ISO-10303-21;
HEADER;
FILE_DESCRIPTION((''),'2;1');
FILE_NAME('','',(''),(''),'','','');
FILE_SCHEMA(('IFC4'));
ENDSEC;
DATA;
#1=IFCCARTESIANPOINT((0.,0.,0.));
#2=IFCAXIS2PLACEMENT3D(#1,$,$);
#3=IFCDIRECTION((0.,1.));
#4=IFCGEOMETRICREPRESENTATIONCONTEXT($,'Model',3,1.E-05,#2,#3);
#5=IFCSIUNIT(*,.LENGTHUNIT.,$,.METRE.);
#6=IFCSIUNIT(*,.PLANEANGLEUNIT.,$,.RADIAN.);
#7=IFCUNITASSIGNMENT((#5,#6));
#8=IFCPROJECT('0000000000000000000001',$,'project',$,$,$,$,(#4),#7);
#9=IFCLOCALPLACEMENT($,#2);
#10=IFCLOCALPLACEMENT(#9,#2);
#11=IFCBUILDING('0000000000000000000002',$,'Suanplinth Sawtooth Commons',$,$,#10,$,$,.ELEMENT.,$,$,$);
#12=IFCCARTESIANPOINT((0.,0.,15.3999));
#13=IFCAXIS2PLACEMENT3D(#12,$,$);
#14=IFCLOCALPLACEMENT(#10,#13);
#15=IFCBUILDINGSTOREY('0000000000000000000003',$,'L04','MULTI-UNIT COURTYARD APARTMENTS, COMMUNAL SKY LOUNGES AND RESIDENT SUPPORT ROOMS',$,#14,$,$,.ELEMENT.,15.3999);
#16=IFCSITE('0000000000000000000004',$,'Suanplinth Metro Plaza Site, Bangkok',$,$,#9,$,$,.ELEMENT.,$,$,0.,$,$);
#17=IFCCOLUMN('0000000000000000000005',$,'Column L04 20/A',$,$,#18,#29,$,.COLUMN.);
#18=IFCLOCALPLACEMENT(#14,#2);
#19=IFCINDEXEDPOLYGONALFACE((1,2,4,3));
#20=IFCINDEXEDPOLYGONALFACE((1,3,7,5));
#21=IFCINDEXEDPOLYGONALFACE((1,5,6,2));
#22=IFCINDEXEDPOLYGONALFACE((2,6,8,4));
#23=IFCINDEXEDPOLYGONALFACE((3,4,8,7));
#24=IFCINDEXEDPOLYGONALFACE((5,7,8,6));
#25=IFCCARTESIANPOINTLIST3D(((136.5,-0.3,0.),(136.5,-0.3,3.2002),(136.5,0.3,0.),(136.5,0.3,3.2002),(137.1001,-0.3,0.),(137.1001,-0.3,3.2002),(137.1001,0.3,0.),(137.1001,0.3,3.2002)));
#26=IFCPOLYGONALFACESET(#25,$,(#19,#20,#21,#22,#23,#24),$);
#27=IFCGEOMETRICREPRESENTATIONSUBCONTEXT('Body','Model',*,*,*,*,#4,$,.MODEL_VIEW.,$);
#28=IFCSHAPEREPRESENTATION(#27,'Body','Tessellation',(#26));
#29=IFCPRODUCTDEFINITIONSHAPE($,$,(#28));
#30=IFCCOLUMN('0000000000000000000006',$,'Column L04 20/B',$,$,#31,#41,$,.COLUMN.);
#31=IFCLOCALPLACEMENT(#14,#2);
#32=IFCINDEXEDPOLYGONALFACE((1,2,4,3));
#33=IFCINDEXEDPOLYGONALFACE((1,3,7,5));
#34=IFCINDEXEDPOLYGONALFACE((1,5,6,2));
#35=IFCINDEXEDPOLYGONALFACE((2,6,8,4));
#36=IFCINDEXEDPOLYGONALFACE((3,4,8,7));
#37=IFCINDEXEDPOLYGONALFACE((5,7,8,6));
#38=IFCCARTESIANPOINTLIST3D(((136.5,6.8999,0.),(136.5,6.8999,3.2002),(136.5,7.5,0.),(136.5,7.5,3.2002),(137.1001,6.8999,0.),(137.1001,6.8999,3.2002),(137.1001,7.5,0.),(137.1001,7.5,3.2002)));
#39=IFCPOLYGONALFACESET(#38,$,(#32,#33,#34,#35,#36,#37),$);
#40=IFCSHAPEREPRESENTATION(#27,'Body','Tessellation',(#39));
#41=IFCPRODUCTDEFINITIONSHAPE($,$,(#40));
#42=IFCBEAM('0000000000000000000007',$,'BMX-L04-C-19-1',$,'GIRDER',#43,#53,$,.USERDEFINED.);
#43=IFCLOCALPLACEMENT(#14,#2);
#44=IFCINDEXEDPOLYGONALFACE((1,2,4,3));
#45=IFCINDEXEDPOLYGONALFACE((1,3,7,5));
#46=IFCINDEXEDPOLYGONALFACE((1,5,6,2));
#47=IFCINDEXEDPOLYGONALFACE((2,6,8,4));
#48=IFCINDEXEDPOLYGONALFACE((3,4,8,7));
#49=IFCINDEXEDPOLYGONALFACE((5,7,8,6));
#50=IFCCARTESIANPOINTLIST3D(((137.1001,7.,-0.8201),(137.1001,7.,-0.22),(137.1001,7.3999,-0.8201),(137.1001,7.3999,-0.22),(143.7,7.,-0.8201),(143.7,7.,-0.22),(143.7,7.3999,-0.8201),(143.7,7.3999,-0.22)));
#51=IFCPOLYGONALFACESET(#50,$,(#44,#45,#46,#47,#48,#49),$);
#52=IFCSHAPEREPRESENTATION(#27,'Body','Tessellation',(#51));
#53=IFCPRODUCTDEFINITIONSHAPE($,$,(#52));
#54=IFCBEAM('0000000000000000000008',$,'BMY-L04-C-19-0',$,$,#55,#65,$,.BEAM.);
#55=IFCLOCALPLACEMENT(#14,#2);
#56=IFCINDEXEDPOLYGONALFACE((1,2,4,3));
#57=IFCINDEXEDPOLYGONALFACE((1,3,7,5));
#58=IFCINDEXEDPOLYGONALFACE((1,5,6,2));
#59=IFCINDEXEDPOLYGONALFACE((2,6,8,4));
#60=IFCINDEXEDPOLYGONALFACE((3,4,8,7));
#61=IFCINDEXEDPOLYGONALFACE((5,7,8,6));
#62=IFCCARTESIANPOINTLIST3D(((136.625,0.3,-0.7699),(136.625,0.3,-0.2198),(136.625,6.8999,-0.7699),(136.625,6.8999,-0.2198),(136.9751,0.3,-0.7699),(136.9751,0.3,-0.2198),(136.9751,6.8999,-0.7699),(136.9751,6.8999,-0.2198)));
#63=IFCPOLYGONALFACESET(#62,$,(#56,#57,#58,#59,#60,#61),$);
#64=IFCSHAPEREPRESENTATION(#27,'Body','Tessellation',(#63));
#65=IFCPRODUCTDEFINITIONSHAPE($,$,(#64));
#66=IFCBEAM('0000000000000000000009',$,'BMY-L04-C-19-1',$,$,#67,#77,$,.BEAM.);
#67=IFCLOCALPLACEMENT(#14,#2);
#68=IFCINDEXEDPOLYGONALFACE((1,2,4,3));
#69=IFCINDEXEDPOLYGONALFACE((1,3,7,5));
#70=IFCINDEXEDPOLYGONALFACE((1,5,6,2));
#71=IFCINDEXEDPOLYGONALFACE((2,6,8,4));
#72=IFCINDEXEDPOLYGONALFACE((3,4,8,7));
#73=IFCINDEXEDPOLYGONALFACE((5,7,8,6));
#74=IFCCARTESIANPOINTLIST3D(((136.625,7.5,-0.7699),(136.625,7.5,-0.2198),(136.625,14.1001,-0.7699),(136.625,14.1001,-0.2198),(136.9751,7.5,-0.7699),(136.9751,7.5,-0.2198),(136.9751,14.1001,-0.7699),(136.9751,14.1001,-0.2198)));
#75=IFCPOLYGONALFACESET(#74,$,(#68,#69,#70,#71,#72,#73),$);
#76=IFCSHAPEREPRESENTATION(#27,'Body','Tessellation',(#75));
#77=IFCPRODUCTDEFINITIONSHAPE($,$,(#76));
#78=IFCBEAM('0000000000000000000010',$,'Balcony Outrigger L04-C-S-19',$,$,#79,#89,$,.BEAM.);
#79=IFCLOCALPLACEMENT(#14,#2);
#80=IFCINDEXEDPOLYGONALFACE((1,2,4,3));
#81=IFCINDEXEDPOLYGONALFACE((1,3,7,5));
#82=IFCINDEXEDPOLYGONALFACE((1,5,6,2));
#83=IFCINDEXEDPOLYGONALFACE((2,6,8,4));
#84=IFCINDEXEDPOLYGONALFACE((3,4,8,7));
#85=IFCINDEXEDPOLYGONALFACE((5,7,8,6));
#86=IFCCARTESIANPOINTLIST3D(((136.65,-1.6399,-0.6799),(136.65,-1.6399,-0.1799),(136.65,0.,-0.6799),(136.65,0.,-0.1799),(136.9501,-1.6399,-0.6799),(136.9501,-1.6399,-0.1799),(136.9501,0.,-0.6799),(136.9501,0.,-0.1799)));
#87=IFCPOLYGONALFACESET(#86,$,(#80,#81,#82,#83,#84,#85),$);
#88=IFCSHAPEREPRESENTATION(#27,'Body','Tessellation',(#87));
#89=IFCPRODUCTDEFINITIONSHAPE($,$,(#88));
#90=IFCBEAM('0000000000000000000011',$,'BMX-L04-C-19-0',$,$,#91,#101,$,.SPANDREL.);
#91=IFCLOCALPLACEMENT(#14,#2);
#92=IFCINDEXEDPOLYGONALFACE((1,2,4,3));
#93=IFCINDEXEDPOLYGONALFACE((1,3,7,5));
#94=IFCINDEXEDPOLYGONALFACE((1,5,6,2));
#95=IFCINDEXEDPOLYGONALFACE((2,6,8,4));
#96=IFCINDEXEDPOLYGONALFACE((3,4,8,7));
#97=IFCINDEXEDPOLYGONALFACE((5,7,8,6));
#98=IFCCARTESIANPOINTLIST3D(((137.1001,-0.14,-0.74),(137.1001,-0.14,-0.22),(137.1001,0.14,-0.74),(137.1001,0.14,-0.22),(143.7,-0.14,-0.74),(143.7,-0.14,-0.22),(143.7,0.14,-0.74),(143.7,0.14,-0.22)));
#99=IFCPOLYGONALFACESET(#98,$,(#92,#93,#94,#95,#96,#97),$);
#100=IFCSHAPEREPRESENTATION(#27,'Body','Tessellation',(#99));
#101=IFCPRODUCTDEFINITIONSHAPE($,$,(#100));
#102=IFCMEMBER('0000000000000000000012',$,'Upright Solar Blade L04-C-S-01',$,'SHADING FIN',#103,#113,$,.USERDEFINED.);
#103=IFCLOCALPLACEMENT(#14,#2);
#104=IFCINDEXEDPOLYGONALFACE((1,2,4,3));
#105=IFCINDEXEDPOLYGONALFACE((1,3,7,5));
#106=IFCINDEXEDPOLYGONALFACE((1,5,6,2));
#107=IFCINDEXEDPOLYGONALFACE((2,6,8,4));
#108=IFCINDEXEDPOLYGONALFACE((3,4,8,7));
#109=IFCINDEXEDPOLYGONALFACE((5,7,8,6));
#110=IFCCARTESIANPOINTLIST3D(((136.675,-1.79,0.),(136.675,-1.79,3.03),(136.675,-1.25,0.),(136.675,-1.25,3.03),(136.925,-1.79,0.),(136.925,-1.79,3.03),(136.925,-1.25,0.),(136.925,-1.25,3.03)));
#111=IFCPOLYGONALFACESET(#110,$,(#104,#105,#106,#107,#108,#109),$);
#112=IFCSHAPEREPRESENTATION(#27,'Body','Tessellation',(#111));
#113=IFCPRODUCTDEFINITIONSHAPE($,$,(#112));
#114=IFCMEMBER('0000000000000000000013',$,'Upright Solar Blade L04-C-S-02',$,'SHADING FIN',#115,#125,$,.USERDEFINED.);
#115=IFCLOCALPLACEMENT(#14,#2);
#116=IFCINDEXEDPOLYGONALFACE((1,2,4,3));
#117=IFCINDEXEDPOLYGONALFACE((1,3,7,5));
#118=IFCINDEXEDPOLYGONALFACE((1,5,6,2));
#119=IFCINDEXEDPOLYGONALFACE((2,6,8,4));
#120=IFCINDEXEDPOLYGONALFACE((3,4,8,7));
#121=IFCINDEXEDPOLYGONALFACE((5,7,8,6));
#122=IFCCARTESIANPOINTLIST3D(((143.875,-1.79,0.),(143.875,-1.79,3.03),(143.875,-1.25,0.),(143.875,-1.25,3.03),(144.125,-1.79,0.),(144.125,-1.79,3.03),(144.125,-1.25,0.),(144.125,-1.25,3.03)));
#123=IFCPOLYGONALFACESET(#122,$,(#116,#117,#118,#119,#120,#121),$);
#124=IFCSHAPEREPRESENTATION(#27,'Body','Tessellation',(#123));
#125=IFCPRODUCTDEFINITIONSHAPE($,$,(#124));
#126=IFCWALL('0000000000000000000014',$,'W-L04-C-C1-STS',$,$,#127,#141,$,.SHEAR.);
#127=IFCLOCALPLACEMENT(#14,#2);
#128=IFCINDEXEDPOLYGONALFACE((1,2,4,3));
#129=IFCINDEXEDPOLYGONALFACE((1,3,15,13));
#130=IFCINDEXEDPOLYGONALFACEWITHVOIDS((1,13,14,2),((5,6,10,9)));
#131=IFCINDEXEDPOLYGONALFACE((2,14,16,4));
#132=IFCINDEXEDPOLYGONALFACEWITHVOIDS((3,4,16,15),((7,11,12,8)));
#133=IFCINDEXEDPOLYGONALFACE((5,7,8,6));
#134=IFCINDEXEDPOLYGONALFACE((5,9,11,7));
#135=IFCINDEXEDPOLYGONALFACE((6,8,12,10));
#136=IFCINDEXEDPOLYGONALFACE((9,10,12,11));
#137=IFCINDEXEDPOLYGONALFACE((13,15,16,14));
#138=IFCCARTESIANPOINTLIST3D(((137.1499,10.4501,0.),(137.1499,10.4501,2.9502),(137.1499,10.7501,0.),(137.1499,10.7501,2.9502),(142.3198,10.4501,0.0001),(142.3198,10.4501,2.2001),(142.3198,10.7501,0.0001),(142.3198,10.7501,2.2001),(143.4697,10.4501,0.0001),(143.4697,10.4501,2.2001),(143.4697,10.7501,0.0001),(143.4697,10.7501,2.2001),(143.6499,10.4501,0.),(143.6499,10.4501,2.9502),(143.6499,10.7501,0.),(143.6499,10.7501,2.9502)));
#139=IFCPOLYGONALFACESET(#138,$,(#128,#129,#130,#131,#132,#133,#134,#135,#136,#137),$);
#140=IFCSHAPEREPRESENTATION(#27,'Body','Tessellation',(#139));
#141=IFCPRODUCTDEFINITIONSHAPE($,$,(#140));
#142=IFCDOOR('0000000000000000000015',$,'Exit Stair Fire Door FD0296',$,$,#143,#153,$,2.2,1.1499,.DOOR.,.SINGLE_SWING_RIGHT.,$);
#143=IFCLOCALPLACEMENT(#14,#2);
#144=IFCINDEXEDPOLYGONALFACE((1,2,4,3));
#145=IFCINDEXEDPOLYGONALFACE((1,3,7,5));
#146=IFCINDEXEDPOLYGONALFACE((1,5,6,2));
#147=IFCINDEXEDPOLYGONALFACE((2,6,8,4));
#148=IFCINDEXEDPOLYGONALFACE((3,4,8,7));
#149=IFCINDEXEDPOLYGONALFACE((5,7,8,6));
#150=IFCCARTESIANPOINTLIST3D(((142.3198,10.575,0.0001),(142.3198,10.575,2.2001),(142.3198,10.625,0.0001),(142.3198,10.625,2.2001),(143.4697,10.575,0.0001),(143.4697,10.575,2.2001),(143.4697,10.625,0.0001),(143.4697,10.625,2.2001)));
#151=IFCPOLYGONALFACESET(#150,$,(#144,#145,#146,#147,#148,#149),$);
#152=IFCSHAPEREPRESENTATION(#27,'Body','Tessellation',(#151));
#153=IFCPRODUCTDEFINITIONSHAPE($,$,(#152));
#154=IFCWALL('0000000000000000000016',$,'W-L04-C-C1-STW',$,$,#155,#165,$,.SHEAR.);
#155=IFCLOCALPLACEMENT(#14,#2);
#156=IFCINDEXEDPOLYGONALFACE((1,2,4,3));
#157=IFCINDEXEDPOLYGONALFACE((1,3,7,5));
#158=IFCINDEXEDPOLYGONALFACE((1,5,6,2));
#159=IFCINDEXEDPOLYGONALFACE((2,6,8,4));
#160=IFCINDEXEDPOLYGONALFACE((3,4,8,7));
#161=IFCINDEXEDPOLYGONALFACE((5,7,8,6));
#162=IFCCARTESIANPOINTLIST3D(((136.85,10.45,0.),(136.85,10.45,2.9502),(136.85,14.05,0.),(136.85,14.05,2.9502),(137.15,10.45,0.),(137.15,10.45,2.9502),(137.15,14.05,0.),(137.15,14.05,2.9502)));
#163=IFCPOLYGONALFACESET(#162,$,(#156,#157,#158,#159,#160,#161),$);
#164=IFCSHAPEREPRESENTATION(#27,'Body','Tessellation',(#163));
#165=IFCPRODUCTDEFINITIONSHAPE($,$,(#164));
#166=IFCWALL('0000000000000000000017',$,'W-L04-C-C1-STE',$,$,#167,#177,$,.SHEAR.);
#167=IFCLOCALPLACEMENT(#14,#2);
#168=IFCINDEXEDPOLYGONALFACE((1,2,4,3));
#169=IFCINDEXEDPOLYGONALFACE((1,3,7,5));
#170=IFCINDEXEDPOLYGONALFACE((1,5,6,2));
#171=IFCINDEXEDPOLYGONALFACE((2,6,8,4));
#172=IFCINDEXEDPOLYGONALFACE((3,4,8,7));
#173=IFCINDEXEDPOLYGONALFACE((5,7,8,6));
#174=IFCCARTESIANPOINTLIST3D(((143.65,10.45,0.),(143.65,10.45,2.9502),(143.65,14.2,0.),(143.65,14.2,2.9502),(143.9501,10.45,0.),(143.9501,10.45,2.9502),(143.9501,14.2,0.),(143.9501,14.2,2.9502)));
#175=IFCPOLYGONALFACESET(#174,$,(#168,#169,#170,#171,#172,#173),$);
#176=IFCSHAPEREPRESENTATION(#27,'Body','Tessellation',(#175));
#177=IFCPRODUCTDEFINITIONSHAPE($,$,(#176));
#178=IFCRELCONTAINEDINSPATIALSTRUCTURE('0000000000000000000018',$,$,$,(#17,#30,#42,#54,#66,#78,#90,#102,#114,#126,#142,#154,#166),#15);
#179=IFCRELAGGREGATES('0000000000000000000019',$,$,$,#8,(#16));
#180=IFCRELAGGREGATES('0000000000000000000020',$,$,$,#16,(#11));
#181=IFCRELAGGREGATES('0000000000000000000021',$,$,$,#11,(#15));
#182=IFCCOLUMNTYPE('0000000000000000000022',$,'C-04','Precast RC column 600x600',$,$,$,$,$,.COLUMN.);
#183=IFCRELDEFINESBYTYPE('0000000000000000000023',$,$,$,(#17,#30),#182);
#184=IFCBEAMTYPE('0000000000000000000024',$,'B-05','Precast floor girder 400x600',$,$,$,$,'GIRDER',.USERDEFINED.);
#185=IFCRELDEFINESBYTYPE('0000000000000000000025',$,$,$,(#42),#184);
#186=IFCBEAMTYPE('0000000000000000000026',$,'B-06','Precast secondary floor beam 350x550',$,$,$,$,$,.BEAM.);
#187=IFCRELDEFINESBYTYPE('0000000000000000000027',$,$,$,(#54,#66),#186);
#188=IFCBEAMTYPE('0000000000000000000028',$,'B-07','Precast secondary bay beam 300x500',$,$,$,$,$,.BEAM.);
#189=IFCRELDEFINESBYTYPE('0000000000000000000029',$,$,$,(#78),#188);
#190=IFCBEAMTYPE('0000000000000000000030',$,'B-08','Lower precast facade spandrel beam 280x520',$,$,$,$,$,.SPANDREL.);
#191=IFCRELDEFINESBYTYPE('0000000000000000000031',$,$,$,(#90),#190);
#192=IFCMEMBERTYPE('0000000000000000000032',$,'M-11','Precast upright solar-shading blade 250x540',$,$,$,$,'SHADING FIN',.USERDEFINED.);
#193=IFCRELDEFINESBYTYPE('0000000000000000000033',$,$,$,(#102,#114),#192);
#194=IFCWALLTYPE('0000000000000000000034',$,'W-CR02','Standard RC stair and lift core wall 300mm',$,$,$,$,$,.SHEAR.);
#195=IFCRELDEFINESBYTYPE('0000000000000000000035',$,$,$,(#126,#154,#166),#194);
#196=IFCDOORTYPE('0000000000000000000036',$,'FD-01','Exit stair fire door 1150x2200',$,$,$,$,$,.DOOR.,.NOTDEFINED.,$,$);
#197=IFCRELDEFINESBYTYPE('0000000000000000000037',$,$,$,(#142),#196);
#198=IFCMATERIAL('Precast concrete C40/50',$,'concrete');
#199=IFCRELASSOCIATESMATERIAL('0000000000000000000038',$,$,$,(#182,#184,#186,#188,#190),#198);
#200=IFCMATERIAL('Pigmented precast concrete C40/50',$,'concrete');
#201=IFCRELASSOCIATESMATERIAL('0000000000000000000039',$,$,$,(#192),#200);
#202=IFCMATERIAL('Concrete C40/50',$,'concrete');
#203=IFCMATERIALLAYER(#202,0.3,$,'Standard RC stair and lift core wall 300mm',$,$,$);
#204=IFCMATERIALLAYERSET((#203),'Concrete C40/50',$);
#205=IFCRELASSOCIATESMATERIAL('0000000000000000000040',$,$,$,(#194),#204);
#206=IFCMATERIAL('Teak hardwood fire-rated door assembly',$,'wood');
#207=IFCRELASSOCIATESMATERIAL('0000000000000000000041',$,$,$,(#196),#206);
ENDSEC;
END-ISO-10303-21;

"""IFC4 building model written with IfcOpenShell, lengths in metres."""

from ifc_helpers import new_model, si_unit, direction, frame, frame_2d, origin, origin_2d, place, context, subcontext, project, spatial, rectangle, extrude, material, layer, layer_set, material_profile, profile_set, type_object, element, fill, save


model = new_model("IFC4")

# Units and contexts
model_context = context("Model", 3, precision=1e-05, world=origin(), true_north=direction((0.0, 1.0)))
body_context = subcontext(model_context, "Body", "Model", "MODEL_VIEW")
ifc_project = project(units=[si_unit("LENGTHUNIT", "METRE"), si_unit("PLANEANGLEUNIT", "RADIAN")], contexts=[model_context])

# Site, building, storey
site_placement = place(None, origin())
site = spatial("IfcSite", under=ifc_project, at=site_placement, Name="Suanplinth Metro Plaza Site, Bangkok", CompositionType="ELEMENT", RefElevation=0.0)
building_placement = place(site_placement, origin())
building = spatial("IfcBuilding", under=site, at=building_placement, Name="Suanplinth Sawtooth Commons", CompositionType="ELEMENT")
storey_placement = place(building_placement, frame((0.0, 0.0, 15.3999)))
storey = spatial("IfcBuildingStorey", under=building, at=storey_placement, Name="L04", Description="MULTI-UNIT COURTYARD APARTMENTS, COMMUNAL SKY LOUNGES AND RESIDENT SUPPORT ROOMS", CompositionType="ELEMENT", Elevation=15.3999)

# Columns
ifc_material_1 = material(Name="Precast concrete C40/50", Category="concrete")
ifc_material_profile_1 = material_profile(ifc_material_1, rectangle(XDim=0.6001, YDim=0.6001, at=origin_2d()), Name="PC-COL 600x600")
ifc_profile_set_1 = profile_set([ifc_material_profile_1], Name="Precast concrete C40/50")
column_type = type_object("IfcColumnType", Name="C-04", Description="Precast RC column 600x600", PredefinedType="COLUMN", material=ifc_profile_set_1)
for number, where, z_axis, x_axis, name in (
    (1, (136.8, 0.0, 0.0), (0.0, 0.0, 1.0), (1.0, 0.0, 0.0), "Column L04 20/A"),
    (2, (136.8, 7.2, 0.0), (0.0, 0.0, 1.0), (1.0, 0.0, 0.0), "Column L04 20/B"),
):
    element("IfcColumn", number, at=place(storey_placement, frame(where, z_axis=z_axis, x_axis=x_axis)), inside=storey, type_object=column_type, Name=name, PredefinedType="COLUMN", context=body_context, shape_type="SweptSolid", body=[
        extrude(rectangle(XDim=0.6001, YDim=0.6001, at=origin_2d()), origin(), (0.0, 0.0, 1.0), 3.2002),
    ])

# Beams
ifc_material_profile_2 = material_profile(ifc_material_1, rectangle(XDim=0.3999, YDim=0.6001, at=origin_2d()), Name="PC-GDR 400x600")
ifc_profile_set_2 = profile_set([ifc_material_profile_2], Name="Precast concrete C40/50")
beam_type_1 = type_object("IfcBeamType", Name="B-05", Description="Precast floor girder 400x600", ElementType="GIRDER", PredefinedType="USERDEFINED", material=ifc_profile_set_2)
beam_1_placement = place(storey_placement, frame((137.1001, 7.2, -0.52), z_axis=(1.0, 0.0, 0.0), x_axis=(0.0, 1.0, 0.0)))
element("IfcBeam", 3, at=beam_1_placement, inside=storey, type_object=beam_type_1, Name="BMX-L04-C-19-1", ObjectType="GIRDER", PredefinedType="USERDEFINED", context=body_context, shape_type="SweptSolid", body=[
    extrude(rectangle(XDim=0.3999, YDim=0.6001, at=origin_2d()), origin(), (0.0, 0.0, 1.0), 6.5999),
])
ifc_material_profile_3 = material_profile(ifc_material_1, rectangle(XDim=0.3501, YDim=0.55, at=origin_2d()), Name="PC-BM 350x550")
ifc_profile_set_3 = profile_set([ifc_material_profile_3], Name="Precast concrete C40/50")
beam_type_2 = type_object("IfcBeamType", Name="B-06", Description="Precast secondary floor beam 350x550", PredefinedType="BEAM", material=ifc_profile_set_3)
beam_2_placement = place(storey_placement, frame((136.8, 0.3, -0.4949), z_axis=(0.0, 1.0, 0.0), x_axis=(-1.0, 0.0, 0.0)))
element("IfcBeam", 4, at=beam_2_placement, inside=storey, type_object=beam_type_2, Name="BMY-L04-C-19-0", PredefinedType="BEAM", context=body_context, shape_type="SweptSolid", body=[
    extrude(rectangle(XDim=0.3501, YDim=0.55, at=origin_2d()), origin(), (0.0, 0.0, 1.0), 6.5999),
])
beam_3_placement = place(storey_placement, frame((136.8, 7.5, -0.4949), z_axis=(0.0, 1.0, 0.0), x_axis=(-1.0, 0.0, 0.0)))
element("IfcBeam", 5, at=beam_3_placement, inside=storey, type_object=beam_type_2, Name="BMY-L04-C-19-1", PredefinedType="BEAM", context=body_context, shape_type="SweptSolid", body=[
    extrude(rectangle(XDim=0.3501, YDim=0.55, at=origin_2d()), origin(), (0.0, 0.0, 1.0), 6.6001),
])
ifc_material_profile_4 = material_profile(ifc_material_1, rectangle(XDim=0.3, YDim=0.5, at=origin_2d()), Name="PC-BM 300x500")
ifc_profile_set_4 = profile_set([ifc_material_profile_4], Name="Precast concrete C40/50")
beam_type_3 = type_object("IfcBeamType", Name="B-07", Description="Precast secondary bay beam 300x500", PredefinedType="BEAM", material=ifc_profile_set_4)
beam_4_placement = place(storey_placement, frame((136.8, 0.0, -0.4299), z_axis=(0.0, -1.0, 0.0), x_axis=(1.0, 0.0, 0.0)))
element("IfcBeam", 6, at=beam_4_placement, inside=storey, type_object=beam_type_3, Name="Balcony Outrigger L04-C-S-19", PredefinedType="BEAM", context=body_context, shape_type="SweptSolid", body=[
    extrude(rectangle(XDim=0.3, YDim=0.5, at=origin_2d()), origin(), (0.0, 0.0, 1.0), 1.6399),
])
ifc_material_profile_5 = material_profile(ifc_material_1, rectangle(XDim=0.28, YDim=0.52, at=origin_2d()), Name="PC-SP 280x520")
ifc_profile_set_5 = profile_set([ifc_material_profile_5], Name="Precast concrete C40/50")
beam_type_4 = type_object("IfcBeamType", Name="B-08", Description="Lower precast facade spandrel beam 280x520", PredefinedType="SPANDREL", material=ifc_profile_set_5)
beam_5_placement = place(storey_placement, frame((137.1001, 0.0, -0.48), z_axis=(1.0, 0.0, 0.0), x_axis=(0.0, 1.0, 0.0)))
element("IfcBeam", 7, at=beam_5_placement, inside=storey, type_object=beam_type_4, Name="BMX-L04-C-19-0", PredefinedType="SPANDREL", context=body_context, shape_type="SweptSolid", body=[
    extrude(rectangle(XDim=0.28, YDim=0.52, at=origin_2d()), origin(), (0.0, 0.0, 1.0), 6.5999),
])

# Members
ifc_material_2 = material(Name="Pigmented precast concrete C40/50", Category="concrete")
ifc_material_profile_6 = material_profile(ifc_material_2, rectangle(XDim=0.25, YDim=0.54, at=origin_2d()), Name="PC-FIN 250x540")
ifc_profile_set_6 = profile_set([ifc_material_profile_6], Name="Pigmented precast concrete C40/50")
member_type = type_object("IfcMemberType", Name="M-11", Description="Precast upright solar-shading blade 250x540", ElementType="SHADING FIN", PredefinedType="USERDEFINED", material=ifc_profile_set_6)
for number, where, z_axis, x_axis, name in (
    (8, (136.8, -1.52, 0.0), (0.0, 0.0, 1.0), (1.0, 0.0, 0.0), "Upright Solar Blade L04-C-S-01"),
    (9, (144.0, -1.52, 0.0), (0.0, 0.0, 1.0), (1.0, 0.0, 0.0), "Upright Solar Blade L04-C-S-02"),
):
    element("IfcMember", number, at=place(storey_placement, frame(where, z_axis=z_axis, x_axis=x_axis)), inside=storey, type_object=member_type, Name=name, ObjectType="SHADING FIN", PredefinedType="USERDEFINED", context=body_context, shape_type="SweptSolid", body=[
        extrude(rectangle(XDim=0.25, YDim=0.54, at=origin_2d()), origin(), (0.0, 0.0, 1.0), 3.03),
    ])

# Wall, opening, door
ifc_material_3 = material(Name="Concrete C40/50", Category="concrete")
ifc_layer_1 = layer(ifc_material_3, 0.3, Name="Standard RC stair and lift core wall 300mm")
ifc_layer_set_1 = layer_set([ifc_layer_1], Name="Concrete C40/50")
wall_type_1 = type_object("IfcWallType", Name="W-CR02", Description="Standard RC stair and lift core wall 300mm", PredefinedType="SHEAR", material=ifc_layer_set_1)
wall_1_placement = place(storey_placement, frame((137.1499, 10.6001, 0.0), z_axis=(0.0, 0.0, 1.0), x_axis=(1.0, 0.0, 0.0)))
wall_1 = element("IfcWall", 10, at=wall_1_placement, inside=storey, type_object=wall_type_1, Name="W-L04-C-C1-STS", PredefinedType="SHEAR", context=body_context, shape_type="SweptSolid", body=[
    extrude(rectangle(XDim=6.5, YDim=0.3, at=frame_2d((3.25, 0.0))), origin(), (0.0, 0.0, 1.0), 2.9502),
])
opening_1_placement = place(wall_1_placement, frame((5.1699, 0.0, 0.0)))
opening_1 = element("IfcOpeningElement", 11, at=opening_1_placement, cuts=wall_1, PredefinedType="OPENING", context=body_context, shape_type="SweptSolid", body=[
    extrude(rectangle(XDim=1.1499, YDim=2.2, at=frame_2d((0.575, 1.1001))), frame((0.0, 0.165, 0.0), z_axis=(0.0, -1.0, 0.0), x_axis=(1.0, 0.0, 0.0)), (0.0, 0.0, 1.0), 0.3298),
])
ifc_material_4 = material(Name="Teak hardwood fire-rated door assembly", Category="wood")
door_type_1 = type_object("IfcDoorType", Name="FD-01", Description="Exit stair fire door 1150x2200", OperationType="NOTDEFINED", PredefinedType="DOOR", material=ifc_material_4)
door_1_placement = place(opening_1_placement, origin())
door_1 = element("IfcDoor", 12, at=door_1_placement, inside=storey, type_object=door_type_1, Name="Exit Stair Fire Door FD0296", OperationType="SINGLE_SWING_RIGHT", OverallHeight=2.2, OverallWidth=1.1499, PredefinedType="DOOR", context=body_context, shape_type="SweptSolid", body=[
    extrude(rectangle(XDim=1.1499, YDim=2.2, at=frame_2d((0.575, 1.1001))), frame((0.0, 0.0249, 0.0), z_axis=(0.0, -1.0, 0.0), x_axis=(1.0, 0.0, 0.0)), (0.0, 0.0, 1.0), 0.05),
])
fill(opening_1, door_1)

# Walls
wall_2_placement = place(storey_placement, frame((137.0, 10.45, 0.0), z_axis=(0.0, 0.0, 1.0), x_axis=(0.0, 1.0, 0.0)))
element("IfcWall", 13, at=wall_2_placement, inside=storey, type_object=wall_type_1, Name="W-L04-C-C1-STW", PredefinedType="SHEAR", context=body_context, shape_type="SweptSolid", body=[
    extrude(rectangle(XDim=3.6001, YDim=0.3, at=frame_2d((1.8, 0.0))), origin(), (0.0, 0.0, 1.0), 2.9502),
])
wall_3_placement = place(storey_placement, frame((143.8, 10.45, 0.0), z_axis=(0.0, 0.0, 1.0), x_axis=(0.0, 1.0, 0.0)))
element("IfcWall", 14, at=wall_3_placement, inside=storey, type_object=wall_type_1, Name="W-L04-C-C1-STE", PredefinedType="SHEAR", context=body_context, shape_type="SweptSolid", body=[
    extrude(rectangle(XDim=3.75, YDim=0.3, at=frame_2d((1.875, 0.0))), origin(), (0.0, 0.0, 1.0), 2.9502),
])

save(model, "model.ifc")
